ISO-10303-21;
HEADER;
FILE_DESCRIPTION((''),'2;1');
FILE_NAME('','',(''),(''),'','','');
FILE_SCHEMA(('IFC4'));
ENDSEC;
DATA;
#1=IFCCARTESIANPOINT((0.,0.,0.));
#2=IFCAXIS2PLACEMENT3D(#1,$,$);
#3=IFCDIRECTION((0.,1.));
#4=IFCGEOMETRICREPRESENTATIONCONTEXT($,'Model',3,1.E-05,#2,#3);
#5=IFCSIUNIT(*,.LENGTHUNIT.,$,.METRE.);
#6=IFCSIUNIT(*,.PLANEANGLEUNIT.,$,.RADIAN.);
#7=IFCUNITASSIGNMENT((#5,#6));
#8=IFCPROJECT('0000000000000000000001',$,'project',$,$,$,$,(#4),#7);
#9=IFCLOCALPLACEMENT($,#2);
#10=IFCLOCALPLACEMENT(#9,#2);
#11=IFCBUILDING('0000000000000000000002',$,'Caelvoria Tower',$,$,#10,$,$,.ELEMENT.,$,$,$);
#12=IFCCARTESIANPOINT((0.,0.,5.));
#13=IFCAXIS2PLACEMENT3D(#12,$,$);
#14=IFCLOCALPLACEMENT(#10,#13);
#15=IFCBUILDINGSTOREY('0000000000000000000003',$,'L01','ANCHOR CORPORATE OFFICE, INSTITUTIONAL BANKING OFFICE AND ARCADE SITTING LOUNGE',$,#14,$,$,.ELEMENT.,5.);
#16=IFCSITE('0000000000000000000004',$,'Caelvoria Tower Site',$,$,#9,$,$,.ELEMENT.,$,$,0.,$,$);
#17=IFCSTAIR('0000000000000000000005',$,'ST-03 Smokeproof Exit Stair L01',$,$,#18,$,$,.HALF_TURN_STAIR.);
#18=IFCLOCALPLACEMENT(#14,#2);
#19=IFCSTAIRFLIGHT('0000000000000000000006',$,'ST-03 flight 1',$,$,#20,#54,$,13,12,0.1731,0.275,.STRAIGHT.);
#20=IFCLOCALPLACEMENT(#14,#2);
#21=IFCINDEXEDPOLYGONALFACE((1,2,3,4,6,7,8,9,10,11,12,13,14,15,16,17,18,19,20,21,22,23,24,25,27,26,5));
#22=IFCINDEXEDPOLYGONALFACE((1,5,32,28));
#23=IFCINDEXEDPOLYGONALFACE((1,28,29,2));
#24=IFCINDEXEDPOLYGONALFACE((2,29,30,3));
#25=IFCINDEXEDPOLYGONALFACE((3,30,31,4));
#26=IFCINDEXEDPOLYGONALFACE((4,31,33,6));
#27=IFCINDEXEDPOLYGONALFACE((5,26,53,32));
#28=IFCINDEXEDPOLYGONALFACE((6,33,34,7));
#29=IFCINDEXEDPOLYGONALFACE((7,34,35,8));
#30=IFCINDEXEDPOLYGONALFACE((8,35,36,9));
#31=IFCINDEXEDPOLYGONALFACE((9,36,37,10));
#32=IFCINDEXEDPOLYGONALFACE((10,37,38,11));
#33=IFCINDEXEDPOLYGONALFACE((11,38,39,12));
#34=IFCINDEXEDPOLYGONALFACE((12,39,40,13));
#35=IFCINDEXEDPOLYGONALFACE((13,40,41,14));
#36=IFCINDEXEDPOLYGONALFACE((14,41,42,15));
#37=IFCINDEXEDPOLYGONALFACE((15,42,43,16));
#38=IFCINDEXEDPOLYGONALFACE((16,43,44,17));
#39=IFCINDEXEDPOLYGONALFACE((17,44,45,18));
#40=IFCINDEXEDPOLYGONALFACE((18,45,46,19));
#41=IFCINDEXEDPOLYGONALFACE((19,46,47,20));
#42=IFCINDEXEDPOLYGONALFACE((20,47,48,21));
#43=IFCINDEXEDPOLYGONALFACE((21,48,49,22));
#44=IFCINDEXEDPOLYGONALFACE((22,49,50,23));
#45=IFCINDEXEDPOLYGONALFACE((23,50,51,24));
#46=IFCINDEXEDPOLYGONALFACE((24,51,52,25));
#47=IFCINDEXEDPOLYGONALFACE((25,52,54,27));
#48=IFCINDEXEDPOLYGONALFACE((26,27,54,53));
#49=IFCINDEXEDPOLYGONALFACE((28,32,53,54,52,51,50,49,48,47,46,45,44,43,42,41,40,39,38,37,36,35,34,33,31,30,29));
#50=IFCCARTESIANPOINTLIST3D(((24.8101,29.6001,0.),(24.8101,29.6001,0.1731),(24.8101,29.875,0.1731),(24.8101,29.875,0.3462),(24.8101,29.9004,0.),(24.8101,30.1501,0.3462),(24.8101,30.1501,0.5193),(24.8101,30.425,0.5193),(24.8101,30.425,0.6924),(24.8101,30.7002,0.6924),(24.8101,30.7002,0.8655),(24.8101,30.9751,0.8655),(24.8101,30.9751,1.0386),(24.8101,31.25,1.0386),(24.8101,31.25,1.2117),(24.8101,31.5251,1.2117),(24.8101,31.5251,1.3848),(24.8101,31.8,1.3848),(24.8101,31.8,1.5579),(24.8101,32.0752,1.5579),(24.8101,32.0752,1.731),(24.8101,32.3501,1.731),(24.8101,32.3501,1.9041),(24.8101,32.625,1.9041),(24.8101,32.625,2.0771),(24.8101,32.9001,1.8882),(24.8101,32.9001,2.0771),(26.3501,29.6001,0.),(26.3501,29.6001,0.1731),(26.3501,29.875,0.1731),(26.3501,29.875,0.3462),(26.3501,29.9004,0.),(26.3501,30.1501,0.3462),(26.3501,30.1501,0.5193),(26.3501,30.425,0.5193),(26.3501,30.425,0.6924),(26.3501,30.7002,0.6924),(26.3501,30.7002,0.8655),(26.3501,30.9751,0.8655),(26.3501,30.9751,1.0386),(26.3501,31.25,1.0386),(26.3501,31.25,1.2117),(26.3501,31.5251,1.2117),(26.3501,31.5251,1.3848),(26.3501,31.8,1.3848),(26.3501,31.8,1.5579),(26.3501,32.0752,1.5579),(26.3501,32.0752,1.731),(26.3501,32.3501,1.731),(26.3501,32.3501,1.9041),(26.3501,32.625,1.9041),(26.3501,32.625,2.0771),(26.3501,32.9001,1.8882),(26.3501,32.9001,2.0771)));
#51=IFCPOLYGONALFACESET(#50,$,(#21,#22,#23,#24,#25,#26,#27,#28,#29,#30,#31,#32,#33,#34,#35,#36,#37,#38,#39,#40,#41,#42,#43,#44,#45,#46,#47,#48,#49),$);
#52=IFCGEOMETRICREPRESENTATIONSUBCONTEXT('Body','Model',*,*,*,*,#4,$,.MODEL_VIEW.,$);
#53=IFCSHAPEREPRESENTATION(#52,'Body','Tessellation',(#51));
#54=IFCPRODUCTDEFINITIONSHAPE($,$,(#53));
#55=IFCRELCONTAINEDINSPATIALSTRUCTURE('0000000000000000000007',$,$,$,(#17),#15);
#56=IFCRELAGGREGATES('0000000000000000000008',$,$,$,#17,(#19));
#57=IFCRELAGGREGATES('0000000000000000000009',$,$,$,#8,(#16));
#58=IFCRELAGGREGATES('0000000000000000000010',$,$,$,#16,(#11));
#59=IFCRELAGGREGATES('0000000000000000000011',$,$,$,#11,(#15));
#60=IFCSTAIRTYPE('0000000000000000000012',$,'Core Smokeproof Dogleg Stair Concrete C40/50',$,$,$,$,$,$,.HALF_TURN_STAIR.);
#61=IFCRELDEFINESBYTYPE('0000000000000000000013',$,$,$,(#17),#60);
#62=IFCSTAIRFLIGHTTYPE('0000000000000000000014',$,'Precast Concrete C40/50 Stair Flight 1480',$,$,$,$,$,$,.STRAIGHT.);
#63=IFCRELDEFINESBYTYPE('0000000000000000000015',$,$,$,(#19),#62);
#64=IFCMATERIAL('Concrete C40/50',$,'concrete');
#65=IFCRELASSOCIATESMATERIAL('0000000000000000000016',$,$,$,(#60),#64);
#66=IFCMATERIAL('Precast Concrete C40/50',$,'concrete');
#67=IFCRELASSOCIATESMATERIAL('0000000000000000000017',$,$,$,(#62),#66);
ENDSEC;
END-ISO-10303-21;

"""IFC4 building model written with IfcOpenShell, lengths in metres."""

from ifc_helpers import new_model, si_unit, direction, frame, origin, place, context, subcontext, project, spatial, polyline, outline, extrude, material, type_object, element, aggregate, save


model = new_model("IFC4")

# Units and contexts
model_context = context("Model", 3, precision=1e-05, world=origin(), true_north=direction((0.0, 1.0)))
body_context = subcontext(model_context, "Body", "Model", "MODEL_VIEW")
ifc_project = project(units=[si_unit("LENGTHUNIT", "METRE"), si_unit("PLANEANGLEUNIT", "RADIAN")], contexts=[model_context])

# Site, building, storey
site_placement = place(None, origin())
site = spatial("IfcSite", under=ifc_project, at=site_placement, Name="Caelvoria Tower Site", CompositionType="ELEMENT", RefElevation=0.0)
building_placement = place(site_placement, origin())
building = spatial("IfcBuilding", under=site, at=building_placement, Name="Caelvoria Tower", CompositionType="ELEMENT")
storey_placement = place(building_placement, frame((0.0, 0.0, 5.0)))
storey = spatial("IfcBuildingStorey", under=building, at=storey_placement, Name="L01", Description="ANCHOR CORPORATE OFFICE, INSTITUTIONAL BANKING OFFICE AND ARCADE SITTING LOUNGE", CompositionType="ELEMENT", Elevation=5.0)

# Stair, stair flight
ifc_material_1 = material(Name="Concrete C40/50", Category="concrete")
stair_type = type_object("IfcStairType", Name="Core Smokeproof Dogleg Stair Concrete C40/50", PredefinedType="HALF_TURN_STAIR", material=ifc_material_1)
stair_placement = place(storey_placement, origin())
stair = element("IfcStair", 1, at=stair_placement, inside=storey, type_object=stair_type, Name="ST-03 Smokeproof Exit Stair L01", PredefinedType="HALF_TURN_STAIR")
ifc_material_2 = material(Name="Precast Concrete C40/50", Category="concrete")
stair_flight_type = type_object("IfcStairFlightType", Name="Precast Concrete C40/50 Stair Flight 1480", PredefinedType="STRAIGHT", material=ifc_material_2)
stair_flight_placement = place(storey_placement, frame((25.5801, 29.6001, 0.0), z_axis=(0.0, 0.0, 1.0), x_axis=(0.0, 1.0, 0.0)))
stair_flight = element("IfcStairFlight", 2, at=stair_flight_placement, type_object=stair_flight_type, Name="ST-03 flight 1", NumberOfRisers=13, NumberOfTreads=12, PredefinedType="STRAIGHT", RiserHeight=0.1731, TreadLength=0.275, context=body_context, shape_type="SweptSolid", body=[
    extrude(outline(polyline([(0.0, 0.0), (0.0, 0.1731), (0.2749, 0.1731), (0.2749, 0.3462), (0.55, 0.3462), (0.55, 0.5193), (0.825, 0.5193), (0.825, 0.6924), (1.1001, 0.6924), (1.1001, 0.8655), (1.375, 0.8655), (1.375, 1.0386), (1.6499, 1.0386), (1.6499, 1.2117), (1.925, 1.2117), (1.925, 1.3848), (2.2, 1.3848), (2.2, 1.5579), (2.4751, 1.5579), (2.4751, 1.731), (2.75, 1.731), (2.75, 1.9041), (3.0249, 1.9041), (3.0249, 2.0771), (3.3, 2.0771), (3.3, 2.2502), (3.3, 1.8882), (0.3003, 0.0), (0.0, 0.0)])), frame((0.0, 0.77, 0.0), z_axis=(0.0, -1.0, 0.0), x_axis=(1.0, 0.0, 0.0)), (0.0, 0.0, 1.0), 1.54),
])
aggregate(stair, [stair_flight])

save(model, "model.ifc")
